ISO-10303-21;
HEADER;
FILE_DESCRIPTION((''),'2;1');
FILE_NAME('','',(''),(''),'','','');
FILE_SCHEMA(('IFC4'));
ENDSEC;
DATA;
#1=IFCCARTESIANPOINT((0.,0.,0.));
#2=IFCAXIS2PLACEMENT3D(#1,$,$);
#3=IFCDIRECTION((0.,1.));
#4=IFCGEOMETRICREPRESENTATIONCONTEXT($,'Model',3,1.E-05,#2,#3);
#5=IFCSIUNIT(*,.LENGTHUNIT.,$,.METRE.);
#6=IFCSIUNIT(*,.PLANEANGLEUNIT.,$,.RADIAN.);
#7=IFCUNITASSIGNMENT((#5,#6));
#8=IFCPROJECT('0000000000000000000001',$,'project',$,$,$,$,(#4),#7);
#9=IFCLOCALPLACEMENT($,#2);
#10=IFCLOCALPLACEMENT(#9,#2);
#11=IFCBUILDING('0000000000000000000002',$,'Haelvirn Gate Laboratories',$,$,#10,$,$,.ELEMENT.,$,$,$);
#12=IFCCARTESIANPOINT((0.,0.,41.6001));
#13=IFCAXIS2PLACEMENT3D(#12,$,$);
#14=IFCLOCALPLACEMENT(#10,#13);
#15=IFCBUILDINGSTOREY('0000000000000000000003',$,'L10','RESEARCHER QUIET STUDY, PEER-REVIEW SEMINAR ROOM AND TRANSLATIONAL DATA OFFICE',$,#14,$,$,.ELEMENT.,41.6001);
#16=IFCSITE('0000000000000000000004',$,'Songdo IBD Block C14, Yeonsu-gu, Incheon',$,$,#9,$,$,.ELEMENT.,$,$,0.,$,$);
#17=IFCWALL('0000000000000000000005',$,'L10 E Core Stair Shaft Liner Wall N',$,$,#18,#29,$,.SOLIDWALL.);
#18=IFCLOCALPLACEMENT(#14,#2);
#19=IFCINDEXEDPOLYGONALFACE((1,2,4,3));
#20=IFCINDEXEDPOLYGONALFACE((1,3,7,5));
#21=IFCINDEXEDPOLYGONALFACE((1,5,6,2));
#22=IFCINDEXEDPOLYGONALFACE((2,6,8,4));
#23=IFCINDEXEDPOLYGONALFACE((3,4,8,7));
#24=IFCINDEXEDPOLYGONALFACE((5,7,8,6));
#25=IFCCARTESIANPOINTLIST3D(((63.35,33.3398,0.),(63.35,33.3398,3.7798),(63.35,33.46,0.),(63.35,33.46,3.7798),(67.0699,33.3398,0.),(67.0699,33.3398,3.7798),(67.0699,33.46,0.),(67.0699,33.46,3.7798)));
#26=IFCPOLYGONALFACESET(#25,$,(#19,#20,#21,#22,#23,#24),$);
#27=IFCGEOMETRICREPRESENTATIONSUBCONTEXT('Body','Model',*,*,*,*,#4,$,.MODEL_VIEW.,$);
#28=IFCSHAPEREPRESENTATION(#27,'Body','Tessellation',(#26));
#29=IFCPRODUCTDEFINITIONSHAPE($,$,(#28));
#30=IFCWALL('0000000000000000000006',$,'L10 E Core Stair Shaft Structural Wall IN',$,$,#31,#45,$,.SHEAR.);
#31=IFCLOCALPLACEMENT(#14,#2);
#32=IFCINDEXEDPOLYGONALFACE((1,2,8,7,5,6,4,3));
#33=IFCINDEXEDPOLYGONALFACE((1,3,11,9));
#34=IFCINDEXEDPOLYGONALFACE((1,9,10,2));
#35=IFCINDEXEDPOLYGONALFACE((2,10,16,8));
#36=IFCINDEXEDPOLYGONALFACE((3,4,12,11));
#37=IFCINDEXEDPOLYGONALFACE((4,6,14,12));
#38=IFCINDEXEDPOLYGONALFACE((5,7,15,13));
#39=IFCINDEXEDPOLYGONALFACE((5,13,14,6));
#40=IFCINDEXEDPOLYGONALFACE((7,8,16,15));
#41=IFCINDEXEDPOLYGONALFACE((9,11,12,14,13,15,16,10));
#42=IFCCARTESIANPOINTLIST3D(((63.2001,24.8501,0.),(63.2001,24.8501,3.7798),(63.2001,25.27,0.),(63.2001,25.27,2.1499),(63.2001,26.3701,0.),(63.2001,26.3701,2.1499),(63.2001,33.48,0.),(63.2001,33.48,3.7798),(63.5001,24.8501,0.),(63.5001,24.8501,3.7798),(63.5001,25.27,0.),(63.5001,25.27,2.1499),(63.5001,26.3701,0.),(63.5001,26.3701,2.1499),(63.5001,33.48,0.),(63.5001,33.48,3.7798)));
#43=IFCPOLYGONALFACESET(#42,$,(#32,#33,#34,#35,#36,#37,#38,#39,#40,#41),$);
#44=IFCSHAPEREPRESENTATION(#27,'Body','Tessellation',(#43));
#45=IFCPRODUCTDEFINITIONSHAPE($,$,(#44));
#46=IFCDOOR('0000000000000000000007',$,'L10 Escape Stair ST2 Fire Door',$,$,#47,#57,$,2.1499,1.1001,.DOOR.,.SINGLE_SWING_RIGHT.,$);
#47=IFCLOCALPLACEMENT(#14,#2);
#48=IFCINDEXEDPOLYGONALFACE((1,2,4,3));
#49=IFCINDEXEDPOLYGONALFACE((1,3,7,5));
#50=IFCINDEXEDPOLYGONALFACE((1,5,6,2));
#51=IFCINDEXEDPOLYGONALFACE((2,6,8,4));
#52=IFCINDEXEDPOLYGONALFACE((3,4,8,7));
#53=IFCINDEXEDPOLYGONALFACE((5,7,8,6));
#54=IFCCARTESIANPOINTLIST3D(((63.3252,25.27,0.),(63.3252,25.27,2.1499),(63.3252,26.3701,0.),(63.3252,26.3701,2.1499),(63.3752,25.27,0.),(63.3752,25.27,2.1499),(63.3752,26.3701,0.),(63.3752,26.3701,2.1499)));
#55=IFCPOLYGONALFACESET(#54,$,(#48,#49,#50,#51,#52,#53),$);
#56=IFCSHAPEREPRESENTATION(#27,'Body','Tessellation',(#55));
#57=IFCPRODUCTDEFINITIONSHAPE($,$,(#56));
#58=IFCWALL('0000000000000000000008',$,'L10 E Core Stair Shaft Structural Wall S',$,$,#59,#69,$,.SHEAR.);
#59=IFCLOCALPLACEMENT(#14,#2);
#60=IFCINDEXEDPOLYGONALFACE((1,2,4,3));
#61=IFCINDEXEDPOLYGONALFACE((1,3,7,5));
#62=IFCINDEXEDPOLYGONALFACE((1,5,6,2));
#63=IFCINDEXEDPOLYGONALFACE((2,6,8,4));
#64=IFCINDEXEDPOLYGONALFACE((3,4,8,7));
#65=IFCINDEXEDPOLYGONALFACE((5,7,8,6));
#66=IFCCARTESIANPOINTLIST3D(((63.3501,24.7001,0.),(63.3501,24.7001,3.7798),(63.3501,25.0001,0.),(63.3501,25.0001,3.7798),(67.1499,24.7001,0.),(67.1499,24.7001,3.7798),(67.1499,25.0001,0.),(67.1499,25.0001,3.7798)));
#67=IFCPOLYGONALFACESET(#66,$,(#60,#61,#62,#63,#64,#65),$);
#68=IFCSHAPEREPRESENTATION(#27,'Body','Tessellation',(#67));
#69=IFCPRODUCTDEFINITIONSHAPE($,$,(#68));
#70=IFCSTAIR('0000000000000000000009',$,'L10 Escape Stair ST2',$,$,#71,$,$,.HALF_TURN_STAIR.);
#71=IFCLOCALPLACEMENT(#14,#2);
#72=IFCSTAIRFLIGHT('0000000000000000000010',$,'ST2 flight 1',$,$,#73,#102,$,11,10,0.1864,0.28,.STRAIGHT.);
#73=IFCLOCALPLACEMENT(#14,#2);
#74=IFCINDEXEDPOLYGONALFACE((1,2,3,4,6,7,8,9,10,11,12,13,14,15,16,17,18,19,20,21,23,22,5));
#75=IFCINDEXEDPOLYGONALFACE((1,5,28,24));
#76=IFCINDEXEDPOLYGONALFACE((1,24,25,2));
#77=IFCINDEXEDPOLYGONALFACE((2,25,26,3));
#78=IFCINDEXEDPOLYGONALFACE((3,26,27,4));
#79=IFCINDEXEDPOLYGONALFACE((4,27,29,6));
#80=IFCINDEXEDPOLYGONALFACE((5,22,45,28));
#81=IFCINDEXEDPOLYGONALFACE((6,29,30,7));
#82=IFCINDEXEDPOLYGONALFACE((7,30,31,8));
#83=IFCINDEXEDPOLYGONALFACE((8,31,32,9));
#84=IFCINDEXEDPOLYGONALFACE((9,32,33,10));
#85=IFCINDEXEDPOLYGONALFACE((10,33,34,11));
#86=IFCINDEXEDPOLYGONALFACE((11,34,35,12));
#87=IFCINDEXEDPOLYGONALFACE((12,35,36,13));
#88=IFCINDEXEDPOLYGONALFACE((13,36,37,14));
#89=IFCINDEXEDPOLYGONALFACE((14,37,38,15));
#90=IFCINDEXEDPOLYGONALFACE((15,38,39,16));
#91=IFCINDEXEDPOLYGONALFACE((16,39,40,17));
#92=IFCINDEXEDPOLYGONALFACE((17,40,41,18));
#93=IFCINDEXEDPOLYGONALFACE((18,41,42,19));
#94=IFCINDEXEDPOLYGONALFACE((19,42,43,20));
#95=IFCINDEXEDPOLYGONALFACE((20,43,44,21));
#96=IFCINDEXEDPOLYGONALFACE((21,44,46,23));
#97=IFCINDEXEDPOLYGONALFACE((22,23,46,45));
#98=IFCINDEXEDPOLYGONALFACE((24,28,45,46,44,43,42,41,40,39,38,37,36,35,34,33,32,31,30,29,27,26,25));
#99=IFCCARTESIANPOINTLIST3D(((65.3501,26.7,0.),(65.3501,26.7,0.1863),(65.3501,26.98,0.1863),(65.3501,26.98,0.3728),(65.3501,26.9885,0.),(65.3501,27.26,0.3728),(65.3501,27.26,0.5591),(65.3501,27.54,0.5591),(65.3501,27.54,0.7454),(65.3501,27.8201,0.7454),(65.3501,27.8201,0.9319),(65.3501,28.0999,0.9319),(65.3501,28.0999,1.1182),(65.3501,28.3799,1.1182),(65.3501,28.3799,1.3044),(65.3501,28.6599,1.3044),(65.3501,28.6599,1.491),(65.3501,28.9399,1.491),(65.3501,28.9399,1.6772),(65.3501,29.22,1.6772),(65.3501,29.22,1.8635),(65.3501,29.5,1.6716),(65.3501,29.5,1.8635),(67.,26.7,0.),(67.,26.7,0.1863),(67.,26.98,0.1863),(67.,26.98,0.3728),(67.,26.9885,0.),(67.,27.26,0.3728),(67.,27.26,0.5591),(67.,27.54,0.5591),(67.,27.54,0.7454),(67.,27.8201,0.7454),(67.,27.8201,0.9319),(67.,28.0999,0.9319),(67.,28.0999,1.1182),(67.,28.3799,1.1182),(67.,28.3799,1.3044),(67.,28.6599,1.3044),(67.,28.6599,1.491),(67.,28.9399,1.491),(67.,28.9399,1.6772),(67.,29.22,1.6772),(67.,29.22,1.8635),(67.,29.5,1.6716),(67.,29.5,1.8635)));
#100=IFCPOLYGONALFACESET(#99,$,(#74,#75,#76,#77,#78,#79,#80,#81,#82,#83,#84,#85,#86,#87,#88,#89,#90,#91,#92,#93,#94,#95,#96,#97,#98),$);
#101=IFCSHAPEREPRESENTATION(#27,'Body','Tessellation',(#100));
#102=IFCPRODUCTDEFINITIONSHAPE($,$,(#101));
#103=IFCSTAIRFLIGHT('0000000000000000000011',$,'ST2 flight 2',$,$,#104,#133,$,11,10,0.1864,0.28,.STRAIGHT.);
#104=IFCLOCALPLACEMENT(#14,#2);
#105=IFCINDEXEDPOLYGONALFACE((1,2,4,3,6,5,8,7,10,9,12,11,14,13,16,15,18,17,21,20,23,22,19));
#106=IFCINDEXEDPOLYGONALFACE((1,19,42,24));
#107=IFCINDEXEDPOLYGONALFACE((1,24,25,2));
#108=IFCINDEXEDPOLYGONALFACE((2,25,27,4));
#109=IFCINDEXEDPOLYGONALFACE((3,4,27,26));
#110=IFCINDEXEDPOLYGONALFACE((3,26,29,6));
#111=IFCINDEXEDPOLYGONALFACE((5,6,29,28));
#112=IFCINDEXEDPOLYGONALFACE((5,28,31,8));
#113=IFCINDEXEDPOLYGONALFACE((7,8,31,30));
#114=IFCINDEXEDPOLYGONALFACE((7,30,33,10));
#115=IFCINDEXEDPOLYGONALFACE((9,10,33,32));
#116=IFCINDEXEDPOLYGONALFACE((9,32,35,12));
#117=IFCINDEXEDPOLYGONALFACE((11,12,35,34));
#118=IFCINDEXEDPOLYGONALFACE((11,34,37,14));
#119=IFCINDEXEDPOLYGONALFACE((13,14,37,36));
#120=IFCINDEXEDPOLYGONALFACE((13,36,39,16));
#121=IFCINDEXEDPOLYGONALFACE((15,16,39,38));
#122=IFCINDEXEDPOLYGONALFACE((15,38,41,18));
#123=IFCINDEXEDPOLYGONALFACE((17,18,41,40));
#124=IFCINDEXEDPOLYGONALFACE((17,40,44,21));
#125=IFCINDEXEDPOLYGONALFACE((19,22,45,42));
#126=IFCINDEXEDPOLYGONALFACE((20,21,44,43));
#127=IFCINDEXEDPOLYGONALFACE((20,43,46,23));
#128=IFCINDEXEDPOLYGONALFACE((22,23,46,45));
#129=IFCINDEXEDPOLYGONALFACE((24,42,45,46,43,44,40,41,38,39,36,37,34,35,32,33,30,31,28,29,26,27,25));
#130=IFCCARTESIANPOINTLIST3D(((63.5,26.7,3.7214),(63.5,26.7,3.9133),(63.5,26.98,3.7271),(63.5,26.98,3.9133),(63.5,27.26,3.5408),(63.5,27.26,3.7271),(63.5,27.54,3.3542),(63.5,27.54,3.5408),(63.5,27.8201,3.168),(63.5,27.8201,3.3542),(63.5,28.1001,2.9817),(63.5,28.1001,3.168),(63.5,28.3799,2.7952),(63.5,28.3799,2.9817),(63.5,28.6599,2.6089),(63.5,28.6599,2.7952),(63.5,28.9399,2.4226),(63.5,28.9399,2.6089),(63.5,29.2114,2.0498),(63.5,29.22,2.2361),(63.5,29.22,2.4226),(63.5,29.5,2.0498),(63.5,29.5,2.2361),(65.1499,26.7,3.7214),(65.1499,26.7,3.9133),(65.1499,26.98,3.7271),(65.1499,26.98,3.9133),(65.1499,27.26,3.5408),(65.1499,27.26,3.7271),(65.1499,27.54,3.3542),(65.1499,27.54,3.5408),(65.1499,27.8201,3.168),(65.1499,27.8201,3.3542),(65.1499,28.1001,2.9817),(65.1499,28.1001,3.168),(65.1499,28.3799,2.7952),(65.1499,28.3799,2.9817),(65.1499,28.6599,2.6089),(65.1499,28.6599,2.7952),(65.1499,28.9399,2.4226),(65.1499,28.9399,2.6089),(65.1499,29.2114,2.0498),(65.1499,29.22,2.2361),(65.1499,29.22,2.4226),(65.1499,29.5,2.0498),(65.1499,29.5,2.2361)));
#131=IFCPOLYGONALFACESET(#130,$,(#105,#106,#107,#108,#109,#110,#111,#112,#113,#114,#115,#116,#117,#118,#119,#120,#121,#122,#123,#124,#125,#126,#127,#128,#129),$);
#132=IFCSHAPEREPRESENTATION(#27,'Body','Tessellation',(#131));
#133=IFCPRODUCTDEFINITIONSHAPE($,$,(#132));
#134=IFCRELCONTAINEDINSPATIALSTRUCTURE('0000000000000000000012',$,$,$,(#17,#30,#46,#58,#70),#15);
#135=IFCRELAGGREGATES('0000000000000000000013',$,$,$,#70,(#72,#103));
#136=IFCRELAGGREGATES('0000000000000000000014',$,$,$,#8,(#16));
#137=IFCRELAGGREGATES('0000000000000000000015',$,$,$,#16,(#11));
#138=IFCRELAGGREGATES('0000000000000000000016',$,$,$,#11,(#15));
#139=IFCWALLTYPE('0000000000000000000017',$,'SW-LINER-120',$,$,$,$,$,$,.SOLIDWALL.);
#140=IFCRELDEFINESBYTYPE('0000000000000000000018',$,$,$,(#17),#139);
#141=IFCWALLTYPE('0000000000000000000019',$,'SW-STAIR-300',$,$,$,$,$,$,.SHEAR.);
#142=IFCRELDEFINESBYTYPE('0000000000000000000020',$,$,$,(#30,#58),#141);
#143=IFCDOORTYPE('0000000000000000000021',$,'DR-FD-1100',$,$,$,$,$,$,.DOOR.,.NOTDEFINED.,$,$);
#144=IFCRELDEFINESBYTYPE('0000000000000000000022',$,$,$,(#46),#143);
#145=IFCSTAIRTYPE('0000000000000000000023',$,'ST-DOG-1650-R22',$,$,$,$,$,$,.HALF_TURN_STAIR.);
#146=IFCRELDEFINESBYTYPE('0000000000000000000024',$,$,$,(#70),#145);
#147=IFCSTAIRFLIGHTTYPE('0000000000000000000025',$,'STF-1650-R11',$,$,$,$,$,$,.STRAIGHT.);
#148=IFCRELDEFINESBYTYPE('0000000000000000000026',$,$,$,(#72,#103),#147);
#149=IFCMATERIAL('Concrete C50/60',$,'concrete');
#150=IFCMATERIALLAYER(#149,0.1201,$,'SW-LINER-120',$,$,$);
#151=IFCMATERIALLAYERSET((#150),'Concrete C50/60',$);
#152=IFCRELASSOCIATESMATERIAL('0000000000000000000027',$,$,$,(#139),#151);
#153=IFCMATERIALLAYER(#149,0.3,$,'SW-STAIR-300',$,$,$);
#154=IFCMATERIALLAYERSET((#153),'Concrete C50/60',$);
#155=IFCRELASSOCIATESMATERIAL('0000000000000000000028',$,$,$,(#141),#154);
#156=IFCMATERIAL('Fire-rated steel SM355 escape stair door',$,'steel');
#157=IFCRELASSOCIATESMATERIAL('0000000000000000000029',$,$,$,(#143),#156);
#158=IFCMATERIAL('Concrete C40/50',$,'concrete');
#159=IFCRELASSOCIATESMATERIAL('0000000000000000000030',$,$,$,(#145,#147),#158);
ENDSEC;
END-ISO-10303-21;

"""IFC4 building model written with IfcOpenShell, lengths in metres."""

from ifc_helpers import new_model, si_unit, direction, frame, frame_2d, origin, place, context, subcontext, project, spatial, polyline, rectangle, outline, extrude, source, transform, mapped, material, layer, layer_set, type_object, type_shapes, element, fill, aggregate, save


model = new_model("IFC4")

# Units and contexts
model_context = context("Model", 3, precision=1e-05, world=origin(), true_north=direction((0.0, 1.0)))
body_context = subcontext(model_context, "Body", "Model", "MODEL_VIEW")
ifc_project = project(units=[si_unit("LENGTHUNIT", "METRE"), si_unit("PLANEANGLEUNIT", "RADIAN")], contexts=[model_context])

# Site, building, storey
site_placement = place(None, origin())
site = spatial("IfcSite", under=ifc_project, at=site_placement, Name="Songdo IBD Block C14, Yeonsu-gu, Incheon", CompositionType="ELEMENT", RefElevation=0.0)
building_placement = place(site_placement, origin())
building = spatial("IfcBuilding", under=site, at=building_placement, Name="Haelvirn Gate Laboratories", CompositionType="ELEMENT")
storey_placement = place(building_placement, frame((0.0, 0.0, 41.6001)))
storey = spatial("IfcBuildingStorey", under=building, at=storey_placement, Name="L10", Description="RESEARCHER QUIET STUDY, PEER-REVIEW SEMINAR ROOM AND TRANSLATIONAL DATA OFFICE", CompositionType="ELEMENT", Elevation=41.6001)

# Wall
ifc_material_1 = material(Name="Concrete C40/50", Category="concrete")
ifc_material_2 = material(Name="Concrete C50/60", Category="concrete")
ifc_layer_1 = layer(ifc_material_2, 0.1201, Name="SW-LINER-120")
ifc_layer_set_1 = layer_set([ifc_layer_1], Name="Concrete C50/60")
wall_type_1 = type_object("IfcWallType", Name="SW-LINER-120", PredefinedType="SOLIDWALL", material=ifc_layer_set_1)
wall_1_placement = place(storey_placement, frame((63.3501, 33.3999, 0.0), z_axis=(0.0, 0.0, 1.0), x_axis=(1.0, 0.0, 0.0)))
element("IfcWall", 1, at=wall_1_placement, inside=storey, type_object=wall_type_1, Name="L10 E Core Stair Shaft Liner Wall N", PredefinedType="SOLIDWALL", context=body_context, shape_type="SweptSolid", body=[
    extrude(rectangle(XDim=3.72, YDim=0.1201, at=frame_2d((1.8599, 0.0))), origin(), (0.0, 0.0, 1.0), 3.7798),
])

# Wall, opening, door
ifc_layer_2 = layer(ifc_material_2, 0.3, Name="SW-STAIR-300")
ifc_layer_set_2 = layer_set([ifc_layer_2], Name="Concrete C50/60")
wall_type_2 = type_object("IfcWallType", Name="SW-STAIR-300", PredefinedType="SHEAR", material=ifc_layer_set_2)
wall_2_placement = place(storey_placement, frame((63.3501, 24.8501, 0.0), z_axis=(0.0, 0.0, 1.0), x_axis=(0.0, 1.0, 0.0)))
wall_2 = element("IfcWall", 2, at=wall_2_placement, inside=storey, type_object=wall_type_2, Name="L10 E Core Stair Shaft Structural Wall IN", PredefinedType="SHEAR", context=body_context, shape_type="SweptSolid", body=[
    extrude(rectangle(XDim=8.6299, YDim=0.3, at=frame_2d((4.3149, 0.0))), origin(), (0.0, 0.0, 1.0), 3.7798),
])
opening_1_placement = place(wall_2_placement, frame((0.4199, 0.0, 0.0)))
opening_1 = element("IfcOpeningElement", 3, at=opening_1_placement, cuts=wall_2, PredefinedType="OPENING", context=body_context, shape_type="SweptSolid", body=[
    extrude(rectangle(XDim=1.1001, YDim=2.1499, at=frame_2d((0.55, 1.075))), frame((0.0, 0.1602, 0.0), z_axis=(0.0, -1.0, 0.0), x_axis=(1.0, 0.0, 0.0)), (0.0, 0.0, 1.0), 0.3201),
])
ifc_material_3 = material(Name="Fire-rated steel SM355 escape stair door", Category="steel")
door_type_1 = type_object("IfcDoorType", Name="DR-FD-1100", OperationType="NOTDEFINED", PredefinedType="DOOR", material=ifc_material_3)
shared_shape_1 = source(origin(), body_context, "Body", "SweptSolid", [
    extrude(rectangle(XDim=1.1001, YDim=2.1499, at=frame_2d((0.55, 1.075))), frame((0.0, 0.0249, 0.0), z_axis=(0.0, -1.0, 0.0), x_axis=(1.0, 0.0, 0.0)), (0.0, 0.0, 1.0), 0.05),
])
type_shapes(door_type_1, [shared_shape_1])
door_1_placement = place(opening_1_placement, origin())
door_1 = element("IfcDoor", 4, at=door_1_placement, inside=storey, type_object=door_type_1, Name="L10 Escape Stair ST2 Fire Door", OperationType="SINGLE_SWING_RIGHT", OverallHeight=2.1499, OverallWidth=1.1001, PredefinedType="DOOR", context=body_context, shape_type="MappedRepresentation", body=[
    mapped(shared_shape_1, transform((0.0, 0.0, 0.0), scale=1.0)),
])
fill(opening_1, door_1)

# Wall
wall_3_placement = place(storey_placement, frame((63.3501, 24.8501, 0.0), z_axis=(0.0, 0.0, 1.0), x_axis=(1.0, 0.0, 0.0)))
element("IfcWall", 5, at=wall_3_placement, inside=storey, type_object=wall_type_2, Name="L10 E Core Stair Shaft Structural Wall S", PredefinedType="SHEAR", context=body_context, shape_type="SweptSolid", body=[
    extrude(rectangle(XDim=3.7998, YDim=0.3, at=frame_2d((1.8999, 0.0))), origin(), (0.0, 0.0, 1.0), 3.7798),
])

# Stair, stair flights
stair_type = type_object("IfcStairType", Name="ST-DOG-1650-R22", PredefinedType="HALF_TURN_STAIR", material=ifc_material_1)
stair_placement = place(storey_placement, origin())
stair = element("IfcStair", 6, at=stair_placement, inside=storey, type_object=stair_type, Name="L10 Escape Stair ST2", PredefinedType="HALF_TURN_STAIR")
stair_flight_type = type_object("IfcStairFlightType", Name="STF-1650-R11", PredefinedType="STRAIGHT", material=ifc_material_1)
shared_shape_2 = source(origin(), body_context, "Body", "SweptSolid", [
    extrude(outline(polyline([(0.0, 0.0), (0.0, 0.1863), (0.28, 0.1863), (0.28, 0.3728), (0.5601, 0.3728), (0.5601, 0.5591), (0.8401, 0.5591), (0.8401, 0.7454), (1.1201, 0.7454), (1.1201, 0.9319), (1.3999, 0.9319), (1.3999, 1.1182), (1.6799, 1.1182), (1.6799, 1.3044), (1.96, 1.3044), (1.96, 1.491), (2.24, 1.491), (2.24, 1.6772), (2.52, 1.6772), (2.52, 1.8635), (2.8, 1.8635), (2.8, 2.05), (2.8, 1.6716), (0.2886, 0.0), (0.0, 0.0)])), frame((0.0, 0.825, 0.0), z_axis=(0.0, -1.0, 0.0), x_axis=(1.0, 0.0, 0.0)), (0.0, 0.0, 1.0), 1.6499),
])
type_shapes(stair_flight_type, [shared_shape_2])
stair_flight_1_placement = place(storey_placement, frame((66.175, 26.7, 0.0), z_axis=(0.0, 0.0, 1.0), x_axis=(0.0, 1.0, 0.0)))
stair_flight_1 = element("IfcStairFlight", 7, at=stair_flight_1_placement, type_object=stair_flight_type, Name="ST2 flight 1", NumberOfRisers=11, NumberOfTreads=10, PredefinedType="STRAIGHT", RiserHeight=0.1864, TreadLength=0.28, context=body_context, shape_type="MappedRepresentation", body=[
    mapped(shared_shape_2, transform((0.0, 0.0, 0.0), scale=1.0)),
])
stair_flight_2_placement = place(storey_placement, frame((64.325, 29.5, 2.0498), z_axis=(0.0, 0.0, 1.0), x_axis=(0.0, -1.0, 0.0)))
stair_flight_2 = element("IfcStairFlight", 8, at=stair_flight_2_placement, type_object=stair_flight_type, Name="ST2 flight 2", NumberOfRisers=11, NumberOfTreads=10, PredefinedType="STRAIGHT", RiserHeight=0.1864, TreadLength=0.28, context=body_context, shape_type="MappedRepresentation", body=[
    mapped(shared_shape_2, transform((0.0, 0.0, 0.0), scale=1.0)),
])
aggregate(stair, [stair_flight_1, stair_flight_2])

save(model, "model.ifc")
